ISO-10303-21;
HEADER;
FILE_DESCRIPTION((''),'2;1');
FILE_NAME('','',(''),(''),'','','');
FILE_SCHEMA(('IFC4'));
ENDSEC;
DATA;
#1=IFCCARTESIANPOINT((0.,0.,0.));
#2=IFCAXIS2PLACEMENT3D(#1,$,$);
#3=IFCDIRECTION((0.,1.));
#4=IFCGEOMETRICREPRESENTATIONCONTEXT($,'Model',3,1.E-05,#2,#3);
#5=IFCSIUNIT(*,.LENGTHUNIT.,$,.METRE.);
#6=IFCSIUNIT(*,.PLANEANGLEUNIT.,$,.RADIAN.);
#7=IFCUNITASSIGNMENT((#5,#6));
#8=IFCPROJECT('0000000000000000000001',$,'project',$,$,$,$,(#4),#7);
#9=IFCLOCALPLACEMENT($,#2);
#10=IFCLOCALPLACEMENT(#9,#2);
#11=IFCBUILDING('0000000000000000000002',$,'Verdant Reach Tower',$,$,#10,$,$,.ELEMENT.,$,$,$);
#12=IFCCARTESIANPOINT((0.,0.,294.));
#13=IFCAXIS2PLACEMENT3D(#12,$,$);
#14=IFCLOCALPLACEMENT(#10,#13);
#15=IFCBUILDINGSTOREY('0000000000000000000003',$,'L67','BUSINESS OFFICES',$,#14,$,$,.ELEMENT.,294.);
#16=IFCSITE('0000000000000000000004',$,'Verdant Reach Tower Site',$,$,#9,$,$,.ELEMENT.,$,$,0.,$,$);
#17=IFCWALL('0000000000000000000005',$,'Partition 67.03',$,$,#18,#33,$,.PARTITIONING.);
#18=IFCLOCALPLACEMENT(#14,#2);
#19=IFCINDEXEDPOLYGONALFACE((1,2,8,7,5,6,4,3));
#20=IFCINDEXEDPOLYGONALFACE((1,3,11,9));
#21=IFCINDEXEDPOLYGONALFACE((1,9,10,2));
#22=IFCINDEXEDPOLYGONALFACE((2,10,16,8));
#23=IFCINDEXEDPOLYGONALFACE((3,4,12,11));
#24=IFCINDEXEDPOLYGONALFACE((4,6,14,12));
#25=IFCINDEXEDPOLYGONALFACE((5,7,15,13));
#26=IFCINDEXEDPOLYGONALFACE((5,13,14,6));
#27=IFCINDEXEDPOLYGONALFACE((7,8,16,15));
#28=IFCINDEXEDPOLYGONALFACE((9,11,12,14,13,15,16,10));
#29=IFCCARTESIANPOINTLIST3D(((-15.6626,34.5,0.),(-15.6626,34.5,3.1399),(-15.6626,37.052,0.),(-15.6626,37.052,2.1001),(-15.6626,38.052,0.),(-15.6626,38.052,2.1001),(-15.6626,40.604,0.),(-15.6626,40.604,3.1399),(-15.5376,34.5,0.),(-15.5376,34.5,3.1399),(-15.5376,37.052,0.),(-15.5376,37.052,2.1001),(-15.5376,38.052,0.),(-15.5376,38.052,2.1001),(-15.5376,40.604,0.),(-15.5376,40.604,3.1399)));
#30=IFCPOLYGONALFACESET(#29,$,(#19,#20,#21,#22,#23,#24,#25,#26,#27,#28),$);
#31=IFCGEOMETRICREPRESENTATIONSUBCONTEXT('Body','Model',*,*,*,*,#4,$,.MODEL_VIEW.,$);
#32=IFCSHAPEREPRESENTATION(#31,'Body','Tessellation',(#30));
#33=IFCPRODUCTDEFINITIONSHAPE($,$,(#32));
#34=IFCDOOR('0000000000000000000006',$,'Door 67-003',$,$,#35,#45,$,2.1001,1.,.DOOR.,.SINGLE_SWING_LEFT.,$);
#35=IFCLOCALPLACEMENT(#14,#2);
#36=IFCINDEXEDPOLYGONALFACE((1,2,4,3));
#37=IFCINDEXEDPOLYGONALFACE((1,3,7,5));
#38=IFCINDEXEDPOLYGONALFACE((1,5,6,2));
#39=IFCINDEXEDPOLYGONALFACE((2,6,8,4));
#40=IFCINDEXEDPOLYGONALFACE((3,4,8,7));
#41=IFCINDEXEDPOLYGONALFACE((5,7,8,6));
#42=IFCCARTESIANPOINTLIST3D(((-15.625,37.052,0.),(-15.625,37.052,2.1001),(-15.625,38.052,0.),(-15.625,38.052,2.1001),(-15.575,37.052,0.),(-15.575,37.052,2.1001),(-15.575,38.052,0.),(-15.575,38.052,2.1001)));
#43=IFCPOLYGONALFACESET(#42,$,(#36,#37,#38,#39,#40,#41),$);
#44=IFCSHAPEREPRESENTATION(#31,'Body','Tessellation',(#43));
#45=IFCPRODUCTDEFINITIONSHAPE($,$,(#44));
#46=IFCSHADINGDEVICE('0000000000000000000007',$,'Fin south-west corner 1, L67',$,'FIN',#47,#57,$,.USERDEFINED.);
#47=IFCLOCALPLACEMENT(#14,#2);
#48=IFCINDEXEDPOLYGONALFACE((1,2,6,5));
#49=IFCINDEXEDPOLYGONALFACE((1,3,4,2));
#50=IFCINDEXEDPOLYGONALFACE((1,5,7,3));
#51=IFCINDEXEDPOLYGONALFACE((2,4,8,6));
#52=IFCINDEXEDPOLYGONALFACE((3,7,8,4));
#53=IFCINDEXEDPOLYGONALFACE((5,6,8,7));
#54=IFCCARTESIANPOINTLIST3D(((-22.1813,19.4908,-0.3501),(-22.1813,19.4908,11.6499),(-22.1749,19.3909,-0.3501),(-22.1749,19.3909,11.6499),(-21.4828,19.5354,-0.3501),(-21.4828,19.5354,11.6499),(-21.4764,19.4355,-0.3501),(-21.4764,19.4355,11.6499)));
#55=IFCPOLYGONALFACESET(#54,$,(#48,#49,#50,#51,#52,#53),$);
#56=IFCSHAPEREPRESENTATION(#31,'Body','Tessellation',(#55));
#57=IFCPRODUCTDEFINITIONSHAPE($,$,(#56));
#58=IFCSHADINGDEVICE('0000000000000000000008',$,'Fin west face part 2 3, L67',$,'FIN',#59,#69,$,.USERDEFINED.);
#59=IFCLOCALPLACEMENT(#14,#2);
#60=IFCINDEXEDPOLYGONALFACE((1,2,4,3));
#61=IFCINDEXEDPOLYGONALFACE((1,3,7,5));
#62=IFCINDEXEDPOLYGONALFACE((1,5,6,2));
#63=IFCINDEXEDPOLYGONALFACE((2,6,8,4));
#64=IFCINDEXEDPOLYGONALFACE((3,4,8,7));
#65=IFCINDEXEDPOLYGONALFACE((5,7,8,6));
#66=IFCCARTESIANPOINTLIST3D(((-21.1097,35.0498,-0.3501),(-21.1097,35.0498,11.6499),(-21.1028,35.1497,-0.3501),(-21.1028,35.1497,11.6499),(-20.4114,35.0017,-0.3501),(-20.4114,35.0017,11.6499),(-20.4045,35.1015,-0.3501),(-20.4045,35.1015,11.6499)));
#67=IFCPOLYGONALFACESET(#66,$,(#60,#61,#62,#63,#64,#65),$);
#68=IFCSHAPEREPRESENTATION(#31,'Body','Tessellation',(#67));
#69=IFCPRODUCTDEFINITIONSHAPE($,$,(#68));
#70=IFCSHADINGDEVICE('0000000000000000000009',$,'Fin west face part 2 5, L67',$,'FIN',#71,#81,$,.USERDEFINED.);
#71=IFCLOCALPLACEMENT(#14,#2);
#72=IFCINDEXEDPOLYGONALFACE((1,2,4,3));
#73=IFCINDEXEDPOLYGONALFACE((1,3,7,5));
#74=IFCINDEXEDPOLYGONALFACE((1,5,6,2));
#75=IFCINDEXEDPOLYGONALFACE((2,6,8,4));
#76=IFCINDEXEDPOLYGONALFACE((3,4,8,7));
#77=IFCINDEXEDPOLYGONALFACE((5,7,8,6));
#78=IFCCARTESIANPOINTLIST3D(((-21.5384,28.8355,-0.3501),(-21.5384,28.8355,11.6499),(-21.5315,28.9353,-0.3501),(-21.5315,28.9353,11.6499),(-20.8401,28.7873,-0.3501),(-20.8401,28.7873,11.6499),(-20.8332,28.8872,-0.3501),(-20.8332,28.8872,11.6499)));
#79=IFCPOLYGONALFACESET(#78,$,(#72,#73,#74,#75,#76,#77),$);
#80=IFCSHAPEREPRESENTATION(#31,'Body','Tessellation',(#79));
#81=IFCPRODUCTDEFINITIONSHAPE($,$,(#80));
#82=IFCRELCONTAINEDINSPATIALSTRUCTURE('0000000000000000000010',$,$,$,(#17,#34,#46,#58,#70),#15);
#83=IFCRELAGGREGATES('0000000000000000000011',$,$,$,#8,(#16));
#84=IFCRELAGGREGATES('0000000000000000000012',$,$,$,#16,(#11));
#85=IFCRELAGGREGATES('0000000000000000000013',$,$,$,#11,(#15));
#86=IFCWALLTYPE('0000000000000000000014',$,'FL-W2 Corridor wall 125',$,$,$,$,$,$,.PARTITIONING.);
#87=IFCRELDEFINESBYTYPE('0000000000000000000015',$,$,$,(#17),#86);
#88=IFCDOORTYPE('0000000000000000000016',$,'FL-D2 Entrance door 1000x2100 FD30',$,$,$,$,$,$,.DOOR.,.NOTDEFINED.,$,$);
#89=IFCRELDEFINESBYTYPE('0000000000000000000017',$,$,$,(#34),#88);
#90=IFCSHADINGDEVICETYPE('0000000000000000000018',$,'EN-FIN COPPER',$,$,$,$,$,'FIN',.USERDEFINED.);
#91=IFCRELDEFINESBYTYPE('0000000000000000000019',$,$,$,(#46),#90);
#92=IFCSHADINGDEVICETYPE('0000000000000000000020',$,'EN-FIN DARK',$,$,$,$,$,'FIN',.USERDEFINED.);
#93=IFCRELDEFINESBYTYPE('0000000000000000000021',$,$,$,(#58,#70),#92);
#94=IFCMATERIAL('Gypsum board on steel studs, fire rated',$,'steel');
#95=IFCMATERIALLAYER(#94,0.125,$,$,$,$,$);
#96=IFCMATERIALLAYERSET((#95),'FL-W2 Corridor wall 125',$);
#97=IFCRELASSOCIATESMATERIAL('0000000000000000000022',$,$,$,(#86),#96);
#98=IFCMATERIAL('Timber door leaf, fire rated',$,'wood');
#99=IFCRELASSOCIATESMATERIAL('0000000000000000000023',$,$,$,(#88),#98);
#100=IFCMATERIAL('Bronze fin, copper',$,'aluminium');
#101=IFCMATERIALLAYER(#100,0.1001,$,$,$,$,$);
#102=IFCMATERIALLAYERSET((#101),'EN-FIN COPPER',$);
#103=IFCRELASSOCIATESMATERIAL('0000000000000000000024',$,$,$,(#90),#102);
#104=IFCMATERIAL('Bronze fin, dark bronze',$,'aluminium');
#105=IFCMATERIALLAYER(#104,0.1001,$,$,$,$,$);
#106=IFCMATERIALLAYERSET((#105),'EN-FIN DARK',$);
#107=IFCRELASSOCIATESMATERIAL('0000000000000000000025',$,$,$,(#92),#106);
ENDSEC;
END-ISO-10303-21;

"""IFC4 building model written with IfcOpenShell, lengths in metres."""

from ifc_helpers import new_model, si_unit, direction, frame, frame_2d, origin, origin_2d, place, context, subcontext, project, spatial, rectangle, extrude, material, layer, layer_set, type_object, element, fill, save


model = new_model("IFC4")

# Units and contexts
model_context = context("Model", 3, precision=1e-05, world=origin(), true_north=direction((0.0, 1.0)))
body_context = subcontext(model_context, "Body", "Model", "MODEL_VIEW")
ifc_project = project(units=[si_unit("LENGTHUNIT", "METRE"), si_unit("PLANEANGLEUNIT", "RADIAN")], contexts=[model_context])

# Site, building, storey
site_placement = place(None, origin())
site = spatial("IfcSite", under=ifc_project, at=site_placement, Name="Verdant Reach Tower Site", CompositionType="ELEMENT", RefElevation=0.0)
building_placement = place(site_placement, origin())
building = spatial("IfcBuilding", under=site, at=building_placement, Name="Verdant Reach Tower", CompositionType="ELEMENT")
storey_placement = place(building_placement, frame((0.0, 0.0, 294.0)))
storey = spatial("IfcBuildingStorey", under=building, at=storey_placement, Name="L67", Description="BUSINESS OFFICES", CompositionType="ELEMENT", Elevation=294.0)

# Wall, opening, door
ifc_material_1 = material(Name="Gypsum board on steel studs, fire rated", Category="steel")
ifc_layer_1 = layer(ifc_material_1, 0.125)
ifc_layer_set_1 = layer_set([ifc_layer_1], Name="FL-W2 Corridor wall 125")
wall_type_1 = type_object("IfcWallType", Name="FL-W2 Corridor wall 125", PredefinedType="PARTITIONING", material=ifc_layer_set_1)
ifc_material_2 = material(Name="Timber door leaf, fire rated", Category="wood")
door_type = type_object("IfcDoorType", Name="FL-D2 Entrance door 1000x2100 FD30", OperationType="NOTDEFINED", PredefinedType="DOOR", material=ifc_material_2)
wall_1_placement = place(storey_placement, frame((-15.6001, 34.5, 0.0), z_axis=(0.0, 0.0, 1.0), x_axis=(0.0, 1.0, 0.0)))
wall_1 = element("IfcWall", 1, at=wall_1_placement, inside=storey, type_object=wall_type_1, Name="Partition 67.03", PredefinedType="PARTITIONING", context=body_context, shape_type="SweptSolid", body=[
    extrude(rectangle(XDim=6.104, YDim=0.125, at=frame_2d((3.052, 0.0))), origin(), (0.0, 0.0, 1.0), 3.1399),
])
opening_1_placement = place(wall_1_placement, frame((2.552, 0.0, 0.0)))
opening_1 = element("IfcOpeningElement", 2, at=opening_1_placement, cuts=wall_1, PredefinedType="OPENING", context=body_context, shape_type="SweptSolid", body=[
    extrude(rectangle(XDim=1.0, YDim=2.1001, at=frame_2d((0.5, 1.05))), frame((0.0, 0.0725, 0.0), z_axis=(0.0, -1.0, 0.0), x_axis=(1.0, 0.0, 0.0)), (0.0, 0.0, 1.0), 0.145),
])
door_1_placement = place(opening_1_placement, origin())
door_1 = element("IfcDoor", 3, at=door_1_placement, inside=storey, type_object=door_type, Name="Door 67-003", OperationType="SINGLE_SWING_LEFT", OverallHeight=2.1001, OverallWidth=1.0, PredefinedType="DOOR", context=body_context, shape_type="SweptSolid", body=[
    extrude(rectangle(XDim=1.0, YDim=2.1001, at=frame_2d((0.5, 1.05))), frame((0.0, 0.0249, 0.0), z_axis=(0.0, -1.0, 0.0), x_axis=(1.0, 0.0, 0.0)), (0.0, 0.0, 1.0), 0.05),
])
fill(opening_1, door_1)

# Shading devices
ifc_material_3 = material(Name="Bronze fin, copper", Category="aluminium")
ifc_layer_2 = layer(ifc_material_3, 0.1001)
ifc_layer_set_2 = layer_set([ifc_layer_2], Name="EN-FIN COPPER")
shading_device_type_1 = type_object("IfcShadingDeviceType", Name="EN-FIN COPPER", ElementType="FIN", PredefinedType="USERDEFINED", material=ifc_layer_set_2)
shading_device_placement = place(storey_placement, frame((-21.8289, 19.4631, -0.3501), z_axis=(0.0, 0.0, 1.0), x_axis=(0.063699, -0.997969, 0.0)))
element("IfcShadingDevice", 4, at=shading_device_placement, inside=storey, type_object=shading_device_type_1, Name="Fin south-west corner 1, L67", ObjectType="FIN", PredefinedType="USERDEFINED", context=body_context, shape_type="SweptSolid", body=[
    extrude(rectangle(XDim=0.1001, YDim=0.7, at=origin_2d()), origin(), (0.0, 0.0, 1.0), 12.0),
])
ifc_material_4 = material(Name="Bronze fin, dark bronze", Category="aluminium")
ifc_layer_3 = layer(ifc_material_4, 0.1001)
ifc_layer_set_3 = layer_set([ifc_layer_3], Name="EN-FIN DARK")
shading_device_type_2 = type_object("IfcShadingDeviceType", Name="EN-FIN DARK", ElementType="FIN", PredefinedType="USERDEFINED", material=ifc_layer_set_3)
for number, where, z_axis, x_axis, name in (
    (5, (-20.7571, 35.0757, -0.3501), (0.0, 0.0, 1.0), (-0.068802, -0.99763, 0.0), "Fin west face part 2 3, L67"),
    (6, (-21.1858, 28.8613, -0.3501), (0.0, 0.0, 1.0), (-0.068802, -0.99763, 0.0), "Fin west face part 2 5, L67"),
):
    element("IfcShadingDevice", number, at=place(storey_placement, frame(where, z_axis=z_axis, x_axis=x_axis)), inside=storey, type_object=shading_device_type_2, Name=name, ObjectType="FIN", PredefinedType="USERDEFINED", context=body_context, shape_type="SweptSolid", body=[
        extrude(rectangle(XDim=0.1001, YDim=0.7, at=origin_2d()), origin(), (0.0, 0.0, 1.0), 12.0),
    ])

save(model, "model.ifc")
